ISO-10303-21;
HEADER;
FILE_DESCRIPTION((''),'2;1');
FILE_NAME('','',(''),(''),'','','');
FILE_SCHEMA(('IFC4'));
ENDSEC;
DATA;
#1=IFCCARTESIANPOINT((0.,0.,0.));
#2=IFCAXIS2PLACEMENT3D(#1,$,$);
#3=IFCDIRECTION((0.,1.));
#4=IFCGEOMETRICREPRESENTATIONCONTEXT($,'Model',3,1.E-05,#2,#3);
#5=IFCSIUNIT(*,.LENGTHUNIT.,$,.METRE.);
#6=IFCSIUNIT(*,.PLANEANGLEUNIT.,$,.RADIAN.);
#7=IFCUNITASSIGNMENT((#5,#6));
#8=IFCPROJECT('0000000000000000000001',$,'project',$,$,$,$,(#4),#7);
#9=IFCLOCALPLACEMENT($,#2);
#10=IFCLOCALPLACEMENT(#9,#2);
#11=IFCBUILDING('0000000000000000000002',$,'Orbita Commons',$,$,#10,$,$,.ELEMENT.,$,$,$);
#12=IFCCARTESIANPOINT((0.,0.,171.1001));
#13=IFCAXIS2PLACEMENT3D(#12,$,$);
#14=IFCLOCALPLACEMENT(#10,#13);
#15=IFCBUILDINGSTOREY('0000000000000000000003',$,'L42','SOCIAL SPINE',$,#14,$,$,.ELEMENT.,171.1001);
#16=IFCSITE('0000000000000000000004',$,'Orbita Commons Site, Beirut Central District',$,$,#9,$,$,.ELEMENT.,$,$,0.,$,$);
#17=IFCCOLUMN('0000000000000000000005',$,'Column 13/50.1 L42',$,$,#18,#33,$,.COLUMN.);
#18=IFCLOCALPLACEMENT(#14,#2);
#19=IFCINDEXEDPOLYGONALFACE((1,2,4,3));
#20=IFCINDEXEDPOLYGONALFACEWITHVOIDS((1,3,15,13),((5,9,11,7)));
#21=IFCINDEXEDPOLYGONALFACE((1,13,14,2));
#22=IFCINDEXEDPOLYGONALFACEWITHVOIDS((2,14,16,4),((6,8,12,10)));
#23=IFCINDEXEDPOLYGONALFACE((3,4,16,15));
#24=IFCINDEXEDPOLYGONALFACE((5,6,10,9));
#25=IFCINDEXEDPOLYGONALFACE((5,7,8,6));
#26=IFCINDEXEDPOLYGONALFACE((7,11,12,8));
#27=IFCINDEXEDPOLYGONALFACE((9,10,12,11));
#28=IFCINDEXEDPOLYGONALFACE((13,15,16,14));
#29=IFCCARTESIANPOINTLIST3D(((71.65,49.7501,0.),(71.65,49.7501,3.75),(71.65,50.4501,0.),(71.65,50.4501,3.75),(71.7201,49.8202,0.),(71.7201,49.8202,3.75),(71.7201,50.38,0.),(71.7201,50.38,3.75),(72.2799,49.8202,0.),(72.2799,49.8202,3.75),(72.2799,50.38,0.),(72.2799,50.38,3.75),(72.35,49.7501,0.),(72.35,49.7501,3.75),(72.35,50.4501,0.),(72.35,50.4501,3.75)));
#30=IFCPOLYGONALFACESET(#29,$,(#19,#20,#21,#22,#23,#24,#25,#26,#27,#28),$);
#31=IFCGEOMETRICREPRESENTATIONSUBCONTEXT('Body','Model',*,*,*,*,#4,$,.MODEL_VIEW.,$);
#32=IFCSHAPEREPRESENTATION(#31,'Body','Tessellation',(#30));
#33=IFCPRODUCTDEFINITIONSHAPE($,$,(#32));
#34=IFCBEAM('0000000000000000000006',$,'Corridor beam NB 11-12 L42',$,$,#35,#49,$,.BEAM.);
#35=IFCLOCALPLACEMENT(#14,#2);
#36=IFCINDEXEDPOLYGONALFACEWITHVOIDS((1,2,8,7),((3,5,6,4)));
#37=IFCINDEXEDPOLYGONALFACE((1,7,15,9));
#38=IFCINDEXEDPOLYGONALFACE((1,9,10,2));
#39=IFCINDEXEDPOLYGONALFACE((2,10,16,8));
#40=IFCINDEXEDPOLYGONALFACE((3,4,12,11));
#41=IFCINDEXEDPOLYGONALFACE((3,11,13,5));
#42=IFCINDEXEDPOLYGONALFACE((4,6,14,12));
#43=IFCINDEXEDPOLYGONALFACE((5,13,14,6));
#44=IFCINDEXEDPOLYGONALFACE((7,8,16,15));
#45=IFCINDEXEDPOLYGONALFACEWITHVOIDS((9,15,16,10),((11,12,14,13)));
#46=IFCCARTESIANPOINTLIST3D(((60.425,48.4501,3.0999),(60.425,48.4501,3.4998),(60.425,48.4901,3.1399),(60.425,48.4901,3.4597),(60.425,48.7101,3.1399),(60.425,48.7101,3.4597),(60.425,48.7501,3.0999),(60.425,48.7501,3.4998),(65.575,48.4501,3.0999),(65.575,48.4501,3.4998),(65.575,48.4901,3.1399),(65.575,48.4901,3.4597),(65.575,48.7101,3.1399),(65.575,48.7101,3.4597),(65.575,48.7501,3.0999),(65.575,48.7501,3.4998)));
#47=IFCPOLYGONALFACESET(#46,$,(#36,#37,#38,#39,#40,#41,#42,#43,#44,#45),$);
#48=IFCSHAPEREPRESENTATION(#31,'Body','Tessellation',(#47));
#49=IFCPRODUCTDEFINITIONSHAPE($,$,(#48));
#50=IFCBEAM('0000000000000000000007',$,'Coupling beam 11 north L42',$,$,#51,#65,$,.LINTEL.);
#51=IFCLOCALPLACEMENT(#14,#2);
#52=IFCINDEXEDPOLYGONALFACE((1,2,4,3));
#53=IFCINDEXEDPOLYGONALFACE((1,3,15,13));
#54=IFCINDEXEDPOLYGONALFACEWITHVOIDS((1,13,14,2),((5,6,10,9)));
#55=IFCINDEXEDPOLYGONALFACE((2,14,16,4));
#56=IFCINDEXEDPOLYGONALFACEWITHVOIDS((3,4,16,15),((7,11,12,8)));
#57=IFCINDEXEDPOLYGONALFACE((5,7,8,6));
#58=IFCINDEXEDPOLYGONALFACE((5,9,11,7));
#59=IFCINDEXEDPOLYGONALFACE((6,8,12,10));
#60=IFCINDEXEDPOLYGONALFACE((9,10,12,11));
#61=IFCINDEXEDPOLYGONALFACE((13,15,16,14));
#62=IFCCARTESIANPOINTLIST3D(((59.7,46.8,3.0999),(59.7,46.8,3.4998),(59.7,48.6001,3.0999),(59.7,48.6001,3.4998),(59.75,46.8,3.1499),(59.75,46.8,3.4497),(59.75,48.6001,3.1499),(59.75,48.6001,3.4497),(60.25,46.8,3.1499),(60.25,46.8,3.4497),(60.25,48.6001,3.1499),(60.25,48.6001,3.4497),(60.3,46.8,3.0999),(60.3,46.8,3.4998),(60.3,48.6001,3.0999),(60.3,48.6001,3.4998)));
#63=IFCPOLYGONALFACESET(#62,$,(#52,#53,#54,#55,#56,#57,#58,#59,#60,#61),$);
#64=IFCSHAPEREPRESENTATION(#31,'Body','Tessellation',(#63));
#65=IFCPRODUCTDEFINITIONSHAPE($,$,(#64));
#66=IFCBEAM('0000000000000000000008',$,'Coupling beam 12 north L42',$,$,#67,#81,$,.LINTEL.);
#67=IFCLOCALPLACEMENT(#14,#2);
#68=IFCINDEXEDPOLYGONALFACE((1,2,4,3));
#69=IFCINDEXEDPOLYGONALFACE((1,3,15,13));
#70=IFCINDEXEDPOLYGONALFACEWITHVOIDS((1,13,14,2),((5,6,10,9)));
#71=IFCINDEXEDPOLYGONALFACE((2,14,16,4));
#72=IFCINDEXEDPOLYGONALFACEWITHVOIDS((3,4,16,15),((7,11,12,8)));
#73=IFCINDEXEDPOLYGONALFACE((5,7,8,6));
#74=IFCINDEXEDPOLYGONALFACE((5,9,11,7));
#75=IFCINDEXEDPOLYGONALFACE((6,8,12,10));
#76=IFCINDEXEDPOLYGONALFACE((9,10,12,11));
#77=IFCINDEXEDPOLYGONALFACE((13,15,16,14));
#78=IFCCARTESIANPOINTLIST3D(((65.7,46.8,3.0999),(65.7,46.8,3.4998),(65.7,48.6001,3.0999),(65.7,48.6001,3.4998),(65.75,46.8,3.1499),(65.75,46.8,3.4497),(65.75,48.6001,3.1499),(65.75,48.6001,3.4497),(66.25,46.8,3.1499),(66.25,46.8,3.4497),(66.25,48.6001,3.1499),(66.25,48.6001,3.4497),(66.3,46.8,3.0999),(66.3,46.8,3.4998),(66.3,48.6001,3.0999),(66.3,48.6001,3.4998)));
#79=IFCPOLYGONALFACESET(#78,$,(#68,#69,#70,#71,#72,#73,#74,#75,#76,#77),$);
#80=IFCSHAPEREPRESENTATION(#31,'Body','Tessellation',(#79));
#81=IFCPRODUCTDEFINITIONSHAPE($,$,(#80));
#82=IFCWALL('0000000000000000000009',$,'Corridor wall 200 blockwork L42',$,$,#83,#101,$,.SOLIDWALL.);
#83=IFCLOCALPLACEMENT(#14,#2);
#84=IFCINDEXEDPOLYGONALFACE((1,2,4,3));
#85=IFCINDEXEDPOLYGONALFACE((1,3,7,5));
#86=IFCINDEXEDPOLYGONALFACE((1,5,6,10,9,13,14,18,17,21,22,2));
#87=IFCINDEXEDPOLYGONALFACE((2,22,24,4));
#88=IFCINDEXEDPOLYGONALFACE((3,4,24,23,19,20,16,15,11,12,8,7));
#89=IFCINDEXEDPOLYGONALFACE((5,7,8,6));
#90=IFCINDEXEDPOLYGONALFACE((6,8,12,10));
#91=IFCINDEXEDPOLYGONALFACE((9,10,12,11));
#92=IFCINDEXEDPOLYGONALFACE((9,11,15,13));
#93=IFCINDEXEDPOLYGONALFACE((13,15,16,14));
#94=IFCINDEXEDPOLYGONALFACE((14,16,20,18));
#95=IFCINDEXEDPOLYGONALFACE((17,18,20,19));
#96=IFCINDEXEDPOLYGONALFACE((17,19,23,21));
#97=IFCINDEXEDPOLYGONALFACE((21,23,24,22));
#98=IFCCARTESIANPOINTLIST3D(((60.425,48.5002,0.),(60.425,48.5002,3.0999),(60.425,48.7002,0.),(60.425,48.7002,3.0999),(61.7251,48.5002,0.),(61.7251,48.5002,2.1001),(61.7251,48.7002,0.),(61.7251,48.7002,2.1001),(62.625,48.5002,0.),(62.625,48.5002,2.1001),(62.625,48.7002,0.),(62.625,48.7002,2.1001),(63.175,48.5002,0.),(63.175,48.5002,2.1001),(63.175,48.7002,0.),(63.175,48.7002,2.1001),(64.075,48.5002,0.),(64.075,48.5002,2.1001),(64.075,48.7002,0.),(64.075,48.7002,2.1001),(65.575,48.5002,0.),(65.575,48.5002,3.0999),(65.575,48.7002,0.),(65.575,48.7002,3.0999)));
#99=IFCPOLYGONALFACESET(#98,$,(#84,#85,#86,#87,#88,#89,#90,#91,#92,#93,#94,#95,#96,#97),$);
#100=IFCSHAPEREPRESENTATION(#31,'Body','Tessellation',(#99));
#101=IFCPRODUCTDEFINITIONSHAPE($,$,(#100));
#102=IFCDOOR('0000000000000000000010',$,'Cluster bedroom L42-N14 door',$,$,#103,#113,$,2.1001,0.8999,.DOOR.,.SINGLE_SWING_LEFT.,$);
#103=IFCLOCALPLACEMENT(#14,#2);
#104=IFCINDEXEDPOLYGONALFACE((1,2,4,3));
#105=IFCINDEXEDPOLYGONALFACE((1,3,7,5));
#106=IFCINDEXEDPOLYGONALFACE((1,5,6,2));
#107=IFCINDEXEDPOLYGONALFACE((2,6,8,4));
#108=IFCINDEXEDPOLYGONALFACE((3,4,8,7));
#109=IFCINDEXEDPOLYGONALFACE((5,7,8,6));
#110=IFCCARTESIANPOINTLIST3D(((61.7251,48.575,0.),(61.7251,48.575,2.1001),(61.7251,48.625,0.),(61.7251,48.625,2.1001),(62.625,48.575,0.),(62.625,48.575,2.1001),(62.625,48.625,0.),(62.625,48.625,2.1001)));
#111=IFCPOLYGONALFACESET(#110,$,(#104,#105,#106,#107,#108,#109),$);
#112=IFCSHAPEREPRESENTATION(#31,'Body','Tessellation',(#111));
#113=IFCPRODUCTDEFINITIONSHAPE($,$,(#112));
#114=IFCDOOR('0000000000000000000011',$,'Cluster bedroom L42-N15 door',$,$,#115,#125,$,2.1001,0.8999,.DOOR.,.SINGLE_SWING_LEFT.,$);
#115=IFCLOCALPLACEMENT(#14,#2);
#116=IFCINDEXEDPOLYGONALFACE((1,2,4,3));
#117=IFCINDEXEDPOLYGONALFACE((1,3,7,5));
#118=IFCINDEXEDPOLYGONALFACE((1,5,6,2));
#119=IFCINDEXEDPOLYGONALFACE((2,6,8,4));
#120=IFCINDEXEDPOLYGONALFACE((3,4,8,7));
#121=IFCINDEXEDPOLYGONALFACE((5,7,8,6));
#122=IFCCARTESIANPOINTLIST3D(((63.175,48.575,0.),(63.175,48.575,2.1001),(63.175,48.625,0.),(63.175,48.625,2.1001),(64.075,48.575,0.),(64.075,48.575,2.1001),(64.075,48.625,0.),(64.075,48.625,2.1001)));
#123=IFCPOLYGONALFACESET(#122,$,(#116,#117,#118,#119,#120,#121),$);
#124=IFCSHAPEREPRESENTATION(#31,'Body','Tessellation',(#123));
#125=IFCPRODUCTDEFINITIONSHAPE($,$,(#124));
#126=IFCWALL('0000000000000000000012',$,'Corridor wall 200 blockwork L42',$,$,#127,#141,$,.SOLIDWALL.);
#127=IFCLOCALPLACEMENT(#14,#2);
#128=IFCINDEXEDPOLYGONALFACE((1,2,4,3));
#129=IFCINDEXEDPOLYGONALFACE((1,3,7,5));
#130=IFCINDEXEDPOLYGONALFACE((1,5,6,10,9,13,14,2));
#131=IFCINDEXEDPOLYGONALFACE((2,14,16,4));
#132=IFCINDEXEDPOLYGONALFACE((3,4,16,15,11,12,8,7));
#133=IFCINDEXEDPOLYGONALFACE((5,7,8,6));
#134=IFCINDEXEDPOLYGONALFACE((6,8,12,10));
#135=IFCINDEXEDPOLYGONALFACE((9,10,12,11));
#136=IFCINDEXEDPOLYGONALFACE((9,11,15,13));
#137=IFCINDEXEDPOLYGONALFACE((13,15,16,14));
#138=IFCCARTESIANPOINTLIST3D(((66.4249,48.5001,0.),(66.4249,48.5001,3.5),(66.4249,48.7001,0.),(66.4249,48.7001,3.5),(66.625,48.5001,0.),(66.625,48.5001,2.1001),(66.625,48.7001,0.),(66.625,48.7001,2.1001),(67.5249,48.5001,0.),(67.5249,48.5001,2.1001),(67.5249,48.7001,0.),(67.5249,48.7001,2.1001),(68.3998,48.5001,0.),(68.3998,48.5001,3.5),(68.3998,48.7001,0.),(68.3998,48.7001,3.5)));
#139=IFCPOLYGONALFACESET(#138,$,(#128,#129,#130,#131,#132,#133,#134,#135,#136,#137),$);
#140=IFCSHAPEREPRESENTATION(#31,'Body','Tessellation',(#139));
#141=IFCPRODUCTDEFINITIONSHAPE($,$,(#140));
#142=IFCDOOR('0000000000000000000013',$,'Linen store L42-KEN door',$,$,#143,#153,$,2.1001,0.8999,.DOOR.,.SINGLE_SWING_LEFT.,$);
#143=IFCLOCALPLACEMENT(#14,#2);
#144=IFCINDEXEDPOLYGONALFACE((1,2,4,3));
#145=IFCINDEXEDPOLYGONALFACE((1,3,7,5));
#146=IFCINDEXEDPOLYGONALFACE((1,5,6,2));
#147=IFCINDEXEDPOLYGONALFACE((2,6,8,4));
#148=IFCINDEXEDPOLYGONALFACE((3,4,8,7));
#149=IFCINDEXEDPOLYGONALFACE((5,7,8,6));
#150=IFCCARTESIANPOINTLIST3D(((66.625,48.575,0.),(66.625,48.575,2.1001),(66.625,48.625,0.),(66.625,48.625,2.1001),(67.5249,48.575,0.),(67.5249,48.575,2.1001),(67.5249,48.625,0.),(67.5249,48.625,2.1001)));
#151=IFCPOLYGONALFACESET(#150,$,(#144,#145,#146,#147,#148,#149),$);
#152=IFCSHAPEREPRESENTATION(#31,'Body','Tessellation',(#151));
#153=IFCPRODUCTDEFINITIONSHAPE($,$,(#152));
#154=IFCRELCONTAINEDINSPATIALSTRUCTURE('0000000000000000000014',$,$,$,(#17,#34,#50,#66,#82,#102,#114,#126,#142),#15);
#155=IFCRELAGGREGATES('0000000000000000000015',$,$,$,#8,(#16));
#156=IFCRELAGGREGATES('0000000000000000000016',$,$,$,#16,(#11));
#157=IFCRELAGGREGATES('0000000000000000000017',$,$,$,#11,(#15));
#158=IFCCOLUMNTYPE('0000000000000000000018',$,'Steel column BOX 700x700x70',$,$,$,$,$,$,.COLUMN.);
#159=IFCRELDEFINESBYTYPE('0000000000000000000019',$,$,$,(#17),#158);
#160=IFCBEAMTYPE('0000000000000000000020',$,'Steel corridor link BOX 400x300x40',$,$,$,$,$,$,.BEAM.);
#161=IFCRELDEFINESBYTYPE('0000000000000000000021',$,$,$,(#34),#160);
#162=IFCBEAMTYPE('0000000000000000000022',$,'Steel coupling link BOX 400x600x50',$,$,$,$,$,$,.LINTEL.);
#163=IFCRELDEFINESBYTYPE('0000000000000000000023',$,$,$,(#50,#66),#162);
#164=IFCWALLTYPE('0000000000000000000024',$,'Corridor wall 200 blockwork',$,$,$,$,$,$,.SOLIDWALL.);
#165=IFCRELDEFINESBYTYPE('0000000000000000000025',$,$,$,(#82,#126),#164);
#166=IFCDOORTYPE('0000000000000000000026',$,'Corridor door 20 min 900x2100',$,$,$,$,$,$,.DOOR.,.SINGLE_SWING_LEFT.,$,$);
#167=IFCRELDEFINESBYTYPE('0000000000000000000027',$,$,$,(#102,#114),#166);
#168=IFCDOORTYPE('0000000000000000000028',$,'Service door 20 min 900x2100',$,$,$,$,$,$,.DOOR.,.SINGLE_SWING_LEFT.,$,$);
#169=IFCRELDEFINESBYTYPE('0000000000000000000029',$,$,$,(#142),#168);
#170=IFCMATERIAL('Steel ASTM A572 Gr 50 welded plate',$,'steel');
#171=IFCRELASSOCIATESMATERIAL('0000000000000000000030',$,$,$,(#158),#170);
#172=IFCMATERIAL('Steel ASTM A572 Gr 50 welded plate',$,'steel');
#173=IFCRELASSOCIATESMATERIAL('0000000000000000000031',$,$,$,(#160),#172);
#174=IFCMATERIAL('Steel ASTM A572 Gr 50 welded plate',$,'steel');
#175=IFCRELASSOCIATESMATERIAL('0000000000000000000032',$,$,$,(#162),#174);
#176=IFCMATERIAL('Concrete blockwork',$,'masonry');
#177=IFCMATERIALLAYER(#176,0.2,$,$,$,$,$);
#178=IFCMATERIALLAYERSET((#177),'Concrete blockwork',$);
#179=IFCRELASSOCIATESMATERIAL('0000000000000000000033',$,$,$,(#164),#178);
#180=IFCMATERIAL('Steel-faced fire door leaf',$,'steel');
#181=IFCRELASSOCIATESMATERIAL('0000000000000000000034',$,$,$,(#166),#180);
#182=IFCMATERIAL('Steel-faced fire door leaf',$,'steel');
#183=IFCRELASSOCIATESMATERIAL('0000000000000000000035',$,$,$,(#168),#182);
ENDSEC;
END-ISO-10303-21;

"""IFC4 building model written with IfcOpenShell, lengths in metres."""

from ifc_helpers import new_model, si_unit, direction, frame, frame_2d, origin, origin_2d, place, context, subcontext, project, spatial, polyline, rectangle, hollow_rectangle, outline, extrude, material, layer, layer_set, material_profile, profile_set, type_object, element, fill, save


model = new_model("IFC4")

# Units and contexts
model_context = context("Model", 3, precision=1e-05, world=origin(), true_north=direction((0.0, 1.0)))
body_context = subcontext(model_context, "Body", "Model", "MODEL_VIEW")
ifc_project = project(units=[si_unit("LENGTHUNIT", "METRE"), si_unit("PLANEANGLEUNIT", "RADIAN")], contexts=[model_context])

# Site, building, storey
site_placement = place(None, origin())
site = spatial("IfcSite", under=ifc_project, at=site_placement, Name="Orbita Commons Site, Beirut Central District", CompositionType="ELEMENT", RefElevation=0.0)
building_placement = place(site_placement, origin())
building = spatial("IfcBuilding", under=site, at=building_placement, Name="Orbita Commons", CompositionType="ELEMENT")
storey_placement = place(building_placement, frame((0.0, 0.0, 171.1001)))
storey = spatial("IfcBuildingStorey", under=building, at=storey_placement, Name="L42", Description="SOCIAL SPINE", CompositionType="ELEMENT", Elevation=171.1001)

# Column
ifc_material_1 = material(Name="Steel ASTM A572 Gr 50 welded plate", Category="steel")
ifc_material_profile_1 = material_profile(ifc_material_1, hollow_rectangle(XDim=0.7, YDim=0.7, WallThickness=0.0701, at=origin_2d()), Name="BOX 700x700x70")
ifc_profile_set_1 = profile_set([ifc_material_profile_1], Name="Steel ASTM A572 Gr 50 welded plate")
column_type = type_object("IfcColumnType", Name="Steel column BOX 700x700x70", PredefinedType="COLUMN", material=ifc_profile_set_1)
column_placement = place(storey_placement, frame((72.0, 50.1001, 0.0), z_axis=(0.0, 0.0, 1.0), x_axis=(1.0, 0.0, 0.0)))
element("IfcColumn", 1, at=column_placement, inside=storey, type_object=column_type, Name="Column 13/50.1 L42", PredefinedType="COLUMN", context=body_context, shape_type="SweptSolid", body=[
    extrude(hollow_rectangle(XDim=0.7, YDim=0.7, WallThickness=0.0701, at=origin_2d()), origin(), (0.0, 0.0, 1.0), 3.75),
])

# Beams
ifc_material_2 = material(Name="Steel ASTM A572 Gr 50 welded plate", Category="steel")
ifc_material_profile_2 = material_profile(ifc_material_2, hollow_rectangle(XDim=0.3, YDim=0.3999, WallThickness=0.04, at=origin_2d()), Name="BOX 400x300x40")
ifc_profile_set_2 = profile_set([ifc_material_profile_2], Name="Steel ASTM A572 Gr 50 welded plate")
beam_type_1 = type_object("IfcBeamType", Name="Steel corridor link BOX 400x300x40", PredefinedType="BEAM", material=ifc_profile_set_2)
beam_placement = place(storey_placement, frame((60.425, 48.6001, 3.2998), z_axis=(1.0, 0.0, 0.0), x_axis=(0.0, 1.0, 0.0)))
element("IfcBeam", 2, at=beam_placement, inside=storey, type_object=beam_type_1, Name="Corridor beam NB 11-12 L42", PredefinedType="BEAM", context=body_context, shape_type="SweptSolid", body=[
    extrude(hollow_rectangle(XDim=0.3, YDim=0.3999, WallThickness=0.04, at=origin_2d()), origin(), (0.0, 0.0, 1.0), 5.1499),
])
ifc_material_3 = material(Name="Steel ASTM A572 Gr 50 welded plate", Category="steel")
ifc_material_profile_3 = material_profile(ifc_material_3, hollow_rectangle(XDim=0.6001, YDim=0.3999, WallThickness=0.05, at=origin_2d()), Name="BOX 400x600x50")
ifc_profile_set_3 = profile_set([ifc_material_profile_3], Name="Steel ASTM A572 Gr 50 welded plate")
beam_type_2 = type_object("IfcBeamType", Name="Steel coupling link BOX 400x600x50", PredefinedType="LINTEL", material=ifc_profile_set_3)
for number, where, z_axis, x_axis, name in (
    (3, (60.0, 46.8, 3.2998), (0.0, 1.0, 0.0), (-1.0, 0.0, 0.0), "Coupling beam 11 north L42"),
    (4, (66.0, 46.8, 3.2998), (0.0, 1.0, 0.0), (-1.0, 0.0, 0.0), "Coupling beam 12 north L42"),
):
    element("IfcBeam", number, at=place(storey_placement, frame(where, z_axis=z_axis, x_axis=x_axis)), inside=storey, type_object=beam_type_2, Name=name, PredefinedType="LINTEL", context=body_context, shape_type="SweptSolid", body=[
        extrude(hollow_rectangle(XDim=0.6001, YDim=0.3999, WallThickness=0.05, at=origin_2d()), origin(), (0.0, 0.0, 1.0), 1.8),
    ])

# Wall, openings, doors
ifc_material_4 = material(Name="Concrete blockwork", Category="masonry")
ifc_layer_1 = layer(ifc_material_4, 0.2)
ifc_layer_set_1 = layer_set([ifc_layer_1], Name="Concrete blockwork")
wall_type_1 = type_object("IfcWallType", Name="Corridor wall 200 blockwork", PredefinedType="SOLIDWALL", material=ifc_layer_set_1)
wall_1_placement = place(storey_placement, frame((60.425, 48.6001, 0.0), z_axis=(0.0, 0.0, 1.0), x_axis=(1.0, 0.0, 0.0)))
wall_1 = element("IfcWall", 5, at=wall_1_placement, inside=storey, type_object=wall_type_1, Name="Corridor wall 200 blockwork L42", PredefinedType="SOLIDWALL", context=body_context, shape_type="SweptSolid", body=[
    extrude(outline(polyline([(0.0, 0.0), (5.1499, 0.0), (5.1499, 3.0999), (0.0, 3.0999), (0.0, 0.0)])), frame((0.0, 0.1001, 0.0), z_axis=(0.0, -1.0, 0.0), x_axis=(1.0, 0.0, 0.0)), (0.0, 0.0, 1.0), 0.2),
])
opening_1_placement = place(wall_1_placement, frame((1.3, 0.0, 0.0)))
opening_1 = element("IfcOpeningElement", 6, at=opening_1_placement, cuts=wall_1, PredefinedType="OPENING", context=body_context, shape_type="SweptSolid", body=[
    extrude(rectangle(XDim=0.8999, YDim=2.1001, at=frame_2d((0.45, 1.05))), frame((0.0, 0.1099, 0.0), z_axis=(0.0, -1.0, 0.0), x_axis=(1.0, 0.0, 0.0)), (0.0, 0.0, 1.0), 0.22),
])
opening_2_placement = place(wall_1_placement, frame((2.75, 0.0, 0.0)))
opening_2 = element("IfcOpeningElement", 7, at=opening_2_placement, cuts=wall_1, PredefinedType="OPENING", context=body_context, shape_type="SweptSolid", body=[
    extrude(rectangle(XDim=0.8999, YDim=2.1001, at=frame_2d((0.45, 1.05))), frame((0.0, 0.1099, 0.0), z_axis=(0.0, -1.0, 0.0), x_axis=(1.0, 0.0, 0.0)), (0.0, 0.0, 1.0), 0.22),
])
ifc_material_5 = material(Name="Steel-faced fire door leaf", Category="steel")
door_type_1 = type_object("IfcDoorType", Name="Corridor door 20 min 900x2100", OperationType="SINGLE_SWING_LEFT", PredefinedType="DOOR", material=ifc_material_5)
door_1_placement = place(opening_1_placement, origin())
door_1 = element("IfcDoor", 8, at=door_1_placement, inside=storey, type_object=door_type_1, Name="Cluster bedroom L42-N14 door", OperationType="SINGLE_SWING_LEFT", OverallHeight=2.1001, OverallWidth=0.8999, PredefinedType="DOOR", context=body_context, shape_type="SweptSolid", body=[
    extrude(rectangle(XDim=0.8999, YDim=2.1001, at=frame_2d((0.45, 1.05))), frame((0.0, 0.0249, 0.0), z_axis=(0.0, -1.0, 0.0), x_axis=(1.0, 0.0, 0.0)), (0.0, 0.0, 1.0), 0.05),
])
fill(opening_1, door_1)
door_2_placement = place(opening_2_placement, origin())
door_2 = element("IfcDoor", 9, at=door_2_placement, inside=storey, type_object=door_type_1, Name="Cluster bedroom L42-N15 door", OperationType="SINGLE_SWING_LEFT", OverallHeight=2.1001, OverallWidth=0.8999, PredefinedType="DOOR", context=body_context, shape_type="SweptSolid", body=[
    extrude(rectangle(XDim=0.8999, YDim=2.1001, at=frame_2d((0.45, 1.05))), frame((0.0, 0.0249, 0.0), z_axis=(0.0, -1.0, 0.0), x_axis=(1.0, 0.0, 0.0)), (0.0, 0.0, 1.0), 0.05),
])
fill(opening_2, door_2)

# Wall, opening, door
wall_2_placement = place(storey_placement, frame((66.425, 48.6001, 0.0), z_axis=(0.0, 0.0, 1.0), x_axis=(1.0, 0.0, 0.0)))
wall_2 = element("IfcWall", 10, at=wall_2_placement, inside=storey, type_object=wall_type_1, Name="Corridor wall 200 blockwork L42", PredefinedType="SOLIDWALL", context=body_context, shape_type="SweptSolid", body=[
    extrude(rectangle(XDim=1.9749, YDim=0.2, at=frame_2d((0.9873, 0.0))), origin(), (0.0, 0.0, 1.0), 3.5),
])
opening_3_placement = place(wall_2_placement, frame((0.2, 0.0, 0.0)))
opening_3 = element("IfcOpeningElement", 11, at=opening_3_placement, cuts=wall_2, PredefinedType="OPENING", context=body_context, shape_type="SweptSolid", body=[
    extrude(rectangle(XDim=0.8999, YDim=2.1001, at=frame_2d((0.45, 1.05))), frame((0.0, 0.1099, 0.0), z_axis=(0.0, -1.0, 0.0), x_axis=(1.0, 0.0, 0.0)), (0.0, 0.0, 1.0), 0.22),
])
ifc_material_6 = material(Name="Steel-faced fire door leaf", Category="steel")
door_type_2 = type_object("IfcDoorType", Name="Service door 20 min 900x2100", OperationType="SINGLE_SWING_LEFT", PredefinedType="DOOR", material=ifc_material_6)
door_3_placement = place(opening_3_placement, origin())
door_3 = element("IfcDoor", 12, at=door_3_placement, inside=storey, type_object=door_type_2, Name="Linen store L42-KEN door", OperationType="SINGLE_SWING_LEFT", OverallHeight=2.1001, OverallWidth=0.8999, PredefinedType="DOOR", context=body_context, shape_type="SweptSolid", body=[
    extrude(rectangle(XDim=0.8999, YDim=2.1001, at=frame_2d((0.45, 1.05))), frame((0.0, 0.0249, 0.0), z_axis=(0.0, -1.0, 0.0), x_axis=(1.0, 0.0, 0.0)), (0.0, 0.0, 1.0), 0.05),
])
fill(opening_3, door_3)

save(model, "model.ifc")
